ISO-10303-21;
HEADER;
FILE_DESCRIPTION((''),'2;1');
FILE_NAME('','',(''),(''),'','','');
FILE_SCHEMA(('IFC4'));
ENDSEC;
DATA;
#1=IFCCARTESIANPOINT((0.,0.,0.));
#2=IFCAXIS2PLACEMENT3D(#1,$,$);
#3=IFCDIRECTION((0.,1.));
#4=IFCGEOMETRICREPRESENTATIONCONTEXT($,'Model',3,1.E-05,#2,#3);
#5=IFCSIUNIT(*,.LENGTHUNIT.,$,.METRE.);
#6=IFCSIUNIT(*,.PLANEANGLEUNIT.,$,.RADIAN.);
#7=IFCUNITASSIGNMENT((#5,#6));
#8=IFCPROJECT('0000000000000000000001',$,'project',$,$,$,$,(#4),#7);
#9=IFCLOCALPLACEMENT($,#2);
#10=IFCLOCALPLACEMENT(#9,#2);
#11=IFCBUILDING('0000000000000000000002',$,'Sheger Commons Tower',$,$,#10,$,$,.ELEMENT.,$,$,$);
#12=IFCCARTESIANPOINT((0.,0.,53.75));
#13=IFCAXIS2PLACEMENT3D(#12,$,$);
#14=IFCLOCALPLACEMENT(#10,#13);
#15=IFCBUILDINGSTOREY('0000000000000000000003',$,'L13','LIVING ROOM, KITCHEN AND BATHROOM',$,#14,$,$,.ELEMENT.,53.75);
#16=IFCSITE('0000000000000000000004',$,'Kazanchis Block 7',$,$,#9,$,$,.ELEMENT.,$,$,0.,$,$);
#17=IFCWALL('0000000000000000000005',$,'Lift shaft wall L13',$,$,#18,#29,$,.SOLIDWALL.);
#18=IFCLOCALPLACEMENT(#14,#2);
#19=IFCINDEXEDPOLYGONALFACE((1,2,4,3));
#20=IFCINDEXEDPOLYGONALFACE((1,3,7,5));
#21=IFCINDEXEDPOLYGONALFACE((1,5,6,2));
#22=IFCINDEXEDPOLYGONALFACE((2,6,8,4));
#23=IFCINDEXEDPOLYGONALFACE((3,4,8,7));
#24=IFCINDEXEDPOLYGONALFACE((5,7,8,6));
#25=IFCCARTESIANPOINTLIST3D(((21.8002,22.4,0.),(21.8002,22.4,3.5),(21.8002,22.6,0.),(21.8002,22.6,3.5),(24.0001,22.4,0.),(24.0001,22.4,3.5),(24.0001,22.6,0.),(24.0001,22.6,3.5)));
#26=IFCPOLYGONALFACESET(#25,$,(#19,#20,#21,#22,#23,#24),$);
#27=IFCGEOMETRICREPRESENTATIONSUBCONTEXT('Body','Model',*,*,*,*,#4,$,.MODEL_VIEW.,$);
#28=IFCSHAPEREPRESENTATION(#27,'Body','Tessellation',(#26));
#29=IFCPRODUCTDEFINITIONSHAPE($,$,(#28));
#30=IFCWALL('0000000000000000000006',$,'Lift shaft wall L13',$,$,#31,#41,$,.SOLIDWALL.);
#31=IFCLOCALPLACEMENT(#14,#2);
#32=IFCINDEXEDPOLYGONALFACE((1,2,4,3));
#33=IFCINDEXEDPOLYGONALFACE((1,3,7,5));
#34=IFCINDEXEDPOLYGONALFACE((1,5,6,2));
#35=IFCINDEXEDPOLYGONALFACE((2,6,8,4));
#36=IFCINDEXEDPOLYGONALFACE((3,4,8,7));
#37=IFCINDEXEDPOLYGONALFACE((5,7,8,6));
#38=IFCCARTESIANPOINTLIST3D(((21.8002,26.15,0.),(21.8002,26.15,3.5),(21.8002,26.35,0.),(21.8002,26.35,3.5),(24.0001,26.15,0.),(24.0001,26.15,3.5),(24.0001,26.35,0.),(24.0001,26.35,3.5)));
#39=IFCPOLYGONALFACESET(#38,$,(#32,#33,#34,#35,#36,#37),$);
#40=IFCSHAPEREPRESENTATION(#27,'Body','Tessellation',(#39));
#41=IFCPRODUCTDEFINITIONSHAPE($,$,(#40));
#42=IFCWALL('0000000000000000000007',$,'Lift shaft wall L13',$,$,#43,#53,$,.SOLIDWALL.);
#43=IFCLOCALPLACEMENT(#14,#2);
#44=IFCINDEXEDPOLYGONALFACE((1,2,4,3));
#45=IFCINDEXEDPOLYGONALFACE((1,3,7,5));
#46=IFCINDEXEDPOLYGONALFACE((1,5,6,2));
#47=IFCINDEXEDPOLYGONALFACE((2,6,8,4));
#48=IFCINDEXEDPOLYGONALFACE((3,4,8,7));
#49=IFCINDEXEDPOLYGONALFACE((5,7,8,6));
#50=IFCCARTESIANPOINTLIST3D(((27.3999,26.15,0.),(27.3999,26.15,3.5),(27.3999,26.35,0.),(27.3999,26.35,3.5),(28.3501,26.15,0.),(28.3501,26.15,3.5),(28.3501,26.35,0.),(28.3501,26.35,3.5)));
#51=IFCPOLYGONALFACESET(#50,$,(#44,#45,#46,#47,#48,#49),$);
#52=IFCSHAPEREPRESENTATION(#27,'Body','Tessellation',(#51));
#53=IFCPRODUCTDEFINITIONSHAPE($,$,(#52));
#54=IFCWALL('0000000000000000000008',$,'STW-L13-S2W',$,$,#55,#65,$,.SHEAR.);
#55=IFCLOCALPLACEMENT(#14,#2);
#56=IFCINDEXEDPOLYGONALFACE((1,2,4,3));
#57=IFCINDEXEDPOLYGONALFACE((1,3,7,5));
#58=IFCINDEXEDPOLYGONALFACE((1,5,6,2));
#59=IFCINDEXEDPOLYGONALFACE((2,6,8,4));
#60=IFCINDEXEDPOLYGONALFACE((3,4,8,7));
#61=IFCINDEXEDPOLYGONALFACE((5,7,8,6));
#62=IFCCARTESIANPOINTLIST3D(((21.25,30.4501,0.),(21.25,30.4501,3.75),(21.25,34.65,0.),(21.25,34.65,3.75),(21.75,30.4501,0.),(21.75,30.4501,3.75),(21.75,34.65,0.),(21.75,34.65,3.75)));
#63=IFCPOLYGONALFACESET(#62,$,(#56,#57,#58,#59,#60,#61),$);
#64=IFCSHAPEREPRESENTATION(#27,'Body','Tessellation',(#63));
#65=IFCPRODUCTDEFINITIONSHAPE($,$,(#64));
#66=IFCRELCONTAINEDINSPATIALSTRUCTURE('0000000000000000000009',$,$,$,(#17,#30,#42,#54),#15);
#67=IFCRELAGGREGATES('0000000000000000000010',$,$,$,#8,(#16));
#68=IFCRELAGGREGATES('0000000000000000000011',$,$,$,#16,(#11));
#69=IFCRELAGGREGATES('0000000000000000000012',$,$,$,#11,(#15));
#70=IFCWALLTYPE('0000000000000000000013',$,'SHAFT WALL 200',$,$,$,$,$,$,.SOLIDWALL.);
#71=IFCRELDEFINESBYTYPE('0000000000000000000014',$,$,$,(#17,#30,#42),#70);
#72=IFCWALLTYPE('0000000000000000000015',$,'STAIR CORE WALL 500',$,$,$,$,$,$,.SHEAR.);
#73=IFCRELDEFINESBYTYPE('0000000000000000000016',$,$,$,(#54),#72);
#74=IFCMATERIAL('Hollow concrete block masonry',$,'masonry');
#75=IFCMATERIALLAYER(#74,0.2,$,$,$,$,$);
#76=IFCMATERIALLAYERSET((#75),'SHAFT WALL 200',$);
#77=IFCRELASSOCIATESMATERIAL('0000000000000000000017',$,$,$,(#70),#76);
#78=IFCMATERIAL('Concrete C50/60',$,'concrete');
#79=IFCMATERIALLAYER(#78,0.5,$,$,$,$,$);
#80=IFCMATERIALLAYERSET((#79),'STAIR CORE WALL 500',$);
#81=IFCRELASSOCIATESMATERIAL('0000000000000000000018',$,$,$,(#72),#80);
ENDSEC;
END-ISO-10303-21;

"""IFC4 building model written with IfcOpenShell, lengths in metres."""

from ifc_helpers import new_model, si_unit, direction, frame, frame_2d, origin, place, context, subcontext, project, spatial, rectangle, extrude, material, layer, layer_set, type_object, element, save


model = new_model("IFC4")

# Units and contexts
model_context = context("Model", 3, precision=1e-05, world=origin(), true_north=direction((0.0, 1.0)))
body_context = subcontext(model_context, "Body", "Model", "MODEL_VIEW")
ifc_project = project(units=[si_unit("LENGTHUNIT", "METRE"), si_unit("PLANEANGLEUNIT", "RADIAN")], contexts=[model_context])

# Site, building, storey
site_placement = place(None, origin())
site = spatial("IfcSite", under=ifc_project, at=site_placement, Name="Kazanchis Block 7", CompositionType="ELEMENT", RefElevation=0.0)
building_placement = place(site_placement, origin())
building = spatial("IfcBuilding", under=site, at=building_placement, Name="Sheger Commons Tower", CompositionType="ELEMENT")
storey_placement = place(building_placement, frame((0.0, 0.0, 53.75)))
storey = spatial("IfcBuildingStorey", under=building, at=storey_placement, Name="L13", Description="LIVING ROOM, KITCHEN AND BATHROOM", CompositionType="ELEMENT", Elevation=53.75)

# Walls
ifc_material_1 = material(Name="Hollow concrete block masonry", Category="masonry")
ifc_layer_1 = layer(ifc_material_1, 0.2)
ifc_layer_set_1 = layer_set([ifc_layer_1], Name="SHAFT WALL 200")
wall_type_1 = type_object("IfcWallType", Name="SHAFT WALL 200", PredefinedType="SOLIDWALL", material=ifc_layer_set_1)
for number, where, z_axis, x_axis, name in (
    (1, (21.8, 22.5, 0.0), (0.0, 0.0, 1.0), (1.0, 0.0, 0.0), "Lift shaft wall L13"),
    (2, (21.8, 26.25, 0.0), (0.0, 0.0, 1.0), (1.0, 0.0, 0.0), "Lift shaft wall L13"),
):
    element("IfcWall", number, at=place(storey_placement, frame(where, z_axis=z_axis, x_axis=x_axis)), inside=storey, type_object=wall_type_1, Name=name, PredefinedType="SOLIDWALL", context=body_context, shape_type="SweptSolid", body=[
        extrude(rectangle(XDim=2.2, YDim=0.2, at=frame_2d((1.1001, 0.0))), origin(), (0.0, 0.0, 1.0), 3.5),
    ])
wall_1_placement = place(storey_placement, frame((27.3999, 26.25, 0.0), z_axis=(0.0, 0.0, 1.0), x_axis=(1.0, 0.0, 0.0)))
element("IfcWall", 3, at=wall_1_placement, inside=storey, type_object=wall_type_1, Name="Lift shaft wall L13", PredefinedType="SOLIDWALL", context=body_context, shape_type="SweptSolid", body=[
    extrude(rectangle(XDim=0.9502, YDim=0.2, at=frame_2d((0.4751, 0.0))), origin(), (0.0, 0.0, 1.0), 3.5),
])
ifc_material_2 = material(Name="Concrete C50/60", Category="concrete")
ifc_layer_2 = layer(ifc_material_2, 0.5)
ifc_layer_set_2 = layer_set([ifc_layer_2], Name="STAIR CORE WALL 500")
wall_type_2 = type_object("IfcWallType", Name="STAIR CORE WALL 500", PredefinedType="SHEAR", material=ifc_layer_set_2)
wall_2_placement = place(storey_placement, frame((21.5, 30.45, 0.0), z_axis=(0.0, 0.0, 1.0), x_axis=(0.0, 1.0, 0.0)))
element("IfcWall", 4, at=wall_2_placement, inside=storey, type_object=wall_type_2, Name="STW-L13-S2W", PredefinedType="SHEAR", context=body_context, shape_type="SweptSolid", body=[
    extrude(rectangle(XDim=4.2, YDim=0.5, at=frame_2d((2.1001, 0.0))), origin(), (0.0, 0.0, 1.0), 3.75),
])

save(model, "model.ifc")
